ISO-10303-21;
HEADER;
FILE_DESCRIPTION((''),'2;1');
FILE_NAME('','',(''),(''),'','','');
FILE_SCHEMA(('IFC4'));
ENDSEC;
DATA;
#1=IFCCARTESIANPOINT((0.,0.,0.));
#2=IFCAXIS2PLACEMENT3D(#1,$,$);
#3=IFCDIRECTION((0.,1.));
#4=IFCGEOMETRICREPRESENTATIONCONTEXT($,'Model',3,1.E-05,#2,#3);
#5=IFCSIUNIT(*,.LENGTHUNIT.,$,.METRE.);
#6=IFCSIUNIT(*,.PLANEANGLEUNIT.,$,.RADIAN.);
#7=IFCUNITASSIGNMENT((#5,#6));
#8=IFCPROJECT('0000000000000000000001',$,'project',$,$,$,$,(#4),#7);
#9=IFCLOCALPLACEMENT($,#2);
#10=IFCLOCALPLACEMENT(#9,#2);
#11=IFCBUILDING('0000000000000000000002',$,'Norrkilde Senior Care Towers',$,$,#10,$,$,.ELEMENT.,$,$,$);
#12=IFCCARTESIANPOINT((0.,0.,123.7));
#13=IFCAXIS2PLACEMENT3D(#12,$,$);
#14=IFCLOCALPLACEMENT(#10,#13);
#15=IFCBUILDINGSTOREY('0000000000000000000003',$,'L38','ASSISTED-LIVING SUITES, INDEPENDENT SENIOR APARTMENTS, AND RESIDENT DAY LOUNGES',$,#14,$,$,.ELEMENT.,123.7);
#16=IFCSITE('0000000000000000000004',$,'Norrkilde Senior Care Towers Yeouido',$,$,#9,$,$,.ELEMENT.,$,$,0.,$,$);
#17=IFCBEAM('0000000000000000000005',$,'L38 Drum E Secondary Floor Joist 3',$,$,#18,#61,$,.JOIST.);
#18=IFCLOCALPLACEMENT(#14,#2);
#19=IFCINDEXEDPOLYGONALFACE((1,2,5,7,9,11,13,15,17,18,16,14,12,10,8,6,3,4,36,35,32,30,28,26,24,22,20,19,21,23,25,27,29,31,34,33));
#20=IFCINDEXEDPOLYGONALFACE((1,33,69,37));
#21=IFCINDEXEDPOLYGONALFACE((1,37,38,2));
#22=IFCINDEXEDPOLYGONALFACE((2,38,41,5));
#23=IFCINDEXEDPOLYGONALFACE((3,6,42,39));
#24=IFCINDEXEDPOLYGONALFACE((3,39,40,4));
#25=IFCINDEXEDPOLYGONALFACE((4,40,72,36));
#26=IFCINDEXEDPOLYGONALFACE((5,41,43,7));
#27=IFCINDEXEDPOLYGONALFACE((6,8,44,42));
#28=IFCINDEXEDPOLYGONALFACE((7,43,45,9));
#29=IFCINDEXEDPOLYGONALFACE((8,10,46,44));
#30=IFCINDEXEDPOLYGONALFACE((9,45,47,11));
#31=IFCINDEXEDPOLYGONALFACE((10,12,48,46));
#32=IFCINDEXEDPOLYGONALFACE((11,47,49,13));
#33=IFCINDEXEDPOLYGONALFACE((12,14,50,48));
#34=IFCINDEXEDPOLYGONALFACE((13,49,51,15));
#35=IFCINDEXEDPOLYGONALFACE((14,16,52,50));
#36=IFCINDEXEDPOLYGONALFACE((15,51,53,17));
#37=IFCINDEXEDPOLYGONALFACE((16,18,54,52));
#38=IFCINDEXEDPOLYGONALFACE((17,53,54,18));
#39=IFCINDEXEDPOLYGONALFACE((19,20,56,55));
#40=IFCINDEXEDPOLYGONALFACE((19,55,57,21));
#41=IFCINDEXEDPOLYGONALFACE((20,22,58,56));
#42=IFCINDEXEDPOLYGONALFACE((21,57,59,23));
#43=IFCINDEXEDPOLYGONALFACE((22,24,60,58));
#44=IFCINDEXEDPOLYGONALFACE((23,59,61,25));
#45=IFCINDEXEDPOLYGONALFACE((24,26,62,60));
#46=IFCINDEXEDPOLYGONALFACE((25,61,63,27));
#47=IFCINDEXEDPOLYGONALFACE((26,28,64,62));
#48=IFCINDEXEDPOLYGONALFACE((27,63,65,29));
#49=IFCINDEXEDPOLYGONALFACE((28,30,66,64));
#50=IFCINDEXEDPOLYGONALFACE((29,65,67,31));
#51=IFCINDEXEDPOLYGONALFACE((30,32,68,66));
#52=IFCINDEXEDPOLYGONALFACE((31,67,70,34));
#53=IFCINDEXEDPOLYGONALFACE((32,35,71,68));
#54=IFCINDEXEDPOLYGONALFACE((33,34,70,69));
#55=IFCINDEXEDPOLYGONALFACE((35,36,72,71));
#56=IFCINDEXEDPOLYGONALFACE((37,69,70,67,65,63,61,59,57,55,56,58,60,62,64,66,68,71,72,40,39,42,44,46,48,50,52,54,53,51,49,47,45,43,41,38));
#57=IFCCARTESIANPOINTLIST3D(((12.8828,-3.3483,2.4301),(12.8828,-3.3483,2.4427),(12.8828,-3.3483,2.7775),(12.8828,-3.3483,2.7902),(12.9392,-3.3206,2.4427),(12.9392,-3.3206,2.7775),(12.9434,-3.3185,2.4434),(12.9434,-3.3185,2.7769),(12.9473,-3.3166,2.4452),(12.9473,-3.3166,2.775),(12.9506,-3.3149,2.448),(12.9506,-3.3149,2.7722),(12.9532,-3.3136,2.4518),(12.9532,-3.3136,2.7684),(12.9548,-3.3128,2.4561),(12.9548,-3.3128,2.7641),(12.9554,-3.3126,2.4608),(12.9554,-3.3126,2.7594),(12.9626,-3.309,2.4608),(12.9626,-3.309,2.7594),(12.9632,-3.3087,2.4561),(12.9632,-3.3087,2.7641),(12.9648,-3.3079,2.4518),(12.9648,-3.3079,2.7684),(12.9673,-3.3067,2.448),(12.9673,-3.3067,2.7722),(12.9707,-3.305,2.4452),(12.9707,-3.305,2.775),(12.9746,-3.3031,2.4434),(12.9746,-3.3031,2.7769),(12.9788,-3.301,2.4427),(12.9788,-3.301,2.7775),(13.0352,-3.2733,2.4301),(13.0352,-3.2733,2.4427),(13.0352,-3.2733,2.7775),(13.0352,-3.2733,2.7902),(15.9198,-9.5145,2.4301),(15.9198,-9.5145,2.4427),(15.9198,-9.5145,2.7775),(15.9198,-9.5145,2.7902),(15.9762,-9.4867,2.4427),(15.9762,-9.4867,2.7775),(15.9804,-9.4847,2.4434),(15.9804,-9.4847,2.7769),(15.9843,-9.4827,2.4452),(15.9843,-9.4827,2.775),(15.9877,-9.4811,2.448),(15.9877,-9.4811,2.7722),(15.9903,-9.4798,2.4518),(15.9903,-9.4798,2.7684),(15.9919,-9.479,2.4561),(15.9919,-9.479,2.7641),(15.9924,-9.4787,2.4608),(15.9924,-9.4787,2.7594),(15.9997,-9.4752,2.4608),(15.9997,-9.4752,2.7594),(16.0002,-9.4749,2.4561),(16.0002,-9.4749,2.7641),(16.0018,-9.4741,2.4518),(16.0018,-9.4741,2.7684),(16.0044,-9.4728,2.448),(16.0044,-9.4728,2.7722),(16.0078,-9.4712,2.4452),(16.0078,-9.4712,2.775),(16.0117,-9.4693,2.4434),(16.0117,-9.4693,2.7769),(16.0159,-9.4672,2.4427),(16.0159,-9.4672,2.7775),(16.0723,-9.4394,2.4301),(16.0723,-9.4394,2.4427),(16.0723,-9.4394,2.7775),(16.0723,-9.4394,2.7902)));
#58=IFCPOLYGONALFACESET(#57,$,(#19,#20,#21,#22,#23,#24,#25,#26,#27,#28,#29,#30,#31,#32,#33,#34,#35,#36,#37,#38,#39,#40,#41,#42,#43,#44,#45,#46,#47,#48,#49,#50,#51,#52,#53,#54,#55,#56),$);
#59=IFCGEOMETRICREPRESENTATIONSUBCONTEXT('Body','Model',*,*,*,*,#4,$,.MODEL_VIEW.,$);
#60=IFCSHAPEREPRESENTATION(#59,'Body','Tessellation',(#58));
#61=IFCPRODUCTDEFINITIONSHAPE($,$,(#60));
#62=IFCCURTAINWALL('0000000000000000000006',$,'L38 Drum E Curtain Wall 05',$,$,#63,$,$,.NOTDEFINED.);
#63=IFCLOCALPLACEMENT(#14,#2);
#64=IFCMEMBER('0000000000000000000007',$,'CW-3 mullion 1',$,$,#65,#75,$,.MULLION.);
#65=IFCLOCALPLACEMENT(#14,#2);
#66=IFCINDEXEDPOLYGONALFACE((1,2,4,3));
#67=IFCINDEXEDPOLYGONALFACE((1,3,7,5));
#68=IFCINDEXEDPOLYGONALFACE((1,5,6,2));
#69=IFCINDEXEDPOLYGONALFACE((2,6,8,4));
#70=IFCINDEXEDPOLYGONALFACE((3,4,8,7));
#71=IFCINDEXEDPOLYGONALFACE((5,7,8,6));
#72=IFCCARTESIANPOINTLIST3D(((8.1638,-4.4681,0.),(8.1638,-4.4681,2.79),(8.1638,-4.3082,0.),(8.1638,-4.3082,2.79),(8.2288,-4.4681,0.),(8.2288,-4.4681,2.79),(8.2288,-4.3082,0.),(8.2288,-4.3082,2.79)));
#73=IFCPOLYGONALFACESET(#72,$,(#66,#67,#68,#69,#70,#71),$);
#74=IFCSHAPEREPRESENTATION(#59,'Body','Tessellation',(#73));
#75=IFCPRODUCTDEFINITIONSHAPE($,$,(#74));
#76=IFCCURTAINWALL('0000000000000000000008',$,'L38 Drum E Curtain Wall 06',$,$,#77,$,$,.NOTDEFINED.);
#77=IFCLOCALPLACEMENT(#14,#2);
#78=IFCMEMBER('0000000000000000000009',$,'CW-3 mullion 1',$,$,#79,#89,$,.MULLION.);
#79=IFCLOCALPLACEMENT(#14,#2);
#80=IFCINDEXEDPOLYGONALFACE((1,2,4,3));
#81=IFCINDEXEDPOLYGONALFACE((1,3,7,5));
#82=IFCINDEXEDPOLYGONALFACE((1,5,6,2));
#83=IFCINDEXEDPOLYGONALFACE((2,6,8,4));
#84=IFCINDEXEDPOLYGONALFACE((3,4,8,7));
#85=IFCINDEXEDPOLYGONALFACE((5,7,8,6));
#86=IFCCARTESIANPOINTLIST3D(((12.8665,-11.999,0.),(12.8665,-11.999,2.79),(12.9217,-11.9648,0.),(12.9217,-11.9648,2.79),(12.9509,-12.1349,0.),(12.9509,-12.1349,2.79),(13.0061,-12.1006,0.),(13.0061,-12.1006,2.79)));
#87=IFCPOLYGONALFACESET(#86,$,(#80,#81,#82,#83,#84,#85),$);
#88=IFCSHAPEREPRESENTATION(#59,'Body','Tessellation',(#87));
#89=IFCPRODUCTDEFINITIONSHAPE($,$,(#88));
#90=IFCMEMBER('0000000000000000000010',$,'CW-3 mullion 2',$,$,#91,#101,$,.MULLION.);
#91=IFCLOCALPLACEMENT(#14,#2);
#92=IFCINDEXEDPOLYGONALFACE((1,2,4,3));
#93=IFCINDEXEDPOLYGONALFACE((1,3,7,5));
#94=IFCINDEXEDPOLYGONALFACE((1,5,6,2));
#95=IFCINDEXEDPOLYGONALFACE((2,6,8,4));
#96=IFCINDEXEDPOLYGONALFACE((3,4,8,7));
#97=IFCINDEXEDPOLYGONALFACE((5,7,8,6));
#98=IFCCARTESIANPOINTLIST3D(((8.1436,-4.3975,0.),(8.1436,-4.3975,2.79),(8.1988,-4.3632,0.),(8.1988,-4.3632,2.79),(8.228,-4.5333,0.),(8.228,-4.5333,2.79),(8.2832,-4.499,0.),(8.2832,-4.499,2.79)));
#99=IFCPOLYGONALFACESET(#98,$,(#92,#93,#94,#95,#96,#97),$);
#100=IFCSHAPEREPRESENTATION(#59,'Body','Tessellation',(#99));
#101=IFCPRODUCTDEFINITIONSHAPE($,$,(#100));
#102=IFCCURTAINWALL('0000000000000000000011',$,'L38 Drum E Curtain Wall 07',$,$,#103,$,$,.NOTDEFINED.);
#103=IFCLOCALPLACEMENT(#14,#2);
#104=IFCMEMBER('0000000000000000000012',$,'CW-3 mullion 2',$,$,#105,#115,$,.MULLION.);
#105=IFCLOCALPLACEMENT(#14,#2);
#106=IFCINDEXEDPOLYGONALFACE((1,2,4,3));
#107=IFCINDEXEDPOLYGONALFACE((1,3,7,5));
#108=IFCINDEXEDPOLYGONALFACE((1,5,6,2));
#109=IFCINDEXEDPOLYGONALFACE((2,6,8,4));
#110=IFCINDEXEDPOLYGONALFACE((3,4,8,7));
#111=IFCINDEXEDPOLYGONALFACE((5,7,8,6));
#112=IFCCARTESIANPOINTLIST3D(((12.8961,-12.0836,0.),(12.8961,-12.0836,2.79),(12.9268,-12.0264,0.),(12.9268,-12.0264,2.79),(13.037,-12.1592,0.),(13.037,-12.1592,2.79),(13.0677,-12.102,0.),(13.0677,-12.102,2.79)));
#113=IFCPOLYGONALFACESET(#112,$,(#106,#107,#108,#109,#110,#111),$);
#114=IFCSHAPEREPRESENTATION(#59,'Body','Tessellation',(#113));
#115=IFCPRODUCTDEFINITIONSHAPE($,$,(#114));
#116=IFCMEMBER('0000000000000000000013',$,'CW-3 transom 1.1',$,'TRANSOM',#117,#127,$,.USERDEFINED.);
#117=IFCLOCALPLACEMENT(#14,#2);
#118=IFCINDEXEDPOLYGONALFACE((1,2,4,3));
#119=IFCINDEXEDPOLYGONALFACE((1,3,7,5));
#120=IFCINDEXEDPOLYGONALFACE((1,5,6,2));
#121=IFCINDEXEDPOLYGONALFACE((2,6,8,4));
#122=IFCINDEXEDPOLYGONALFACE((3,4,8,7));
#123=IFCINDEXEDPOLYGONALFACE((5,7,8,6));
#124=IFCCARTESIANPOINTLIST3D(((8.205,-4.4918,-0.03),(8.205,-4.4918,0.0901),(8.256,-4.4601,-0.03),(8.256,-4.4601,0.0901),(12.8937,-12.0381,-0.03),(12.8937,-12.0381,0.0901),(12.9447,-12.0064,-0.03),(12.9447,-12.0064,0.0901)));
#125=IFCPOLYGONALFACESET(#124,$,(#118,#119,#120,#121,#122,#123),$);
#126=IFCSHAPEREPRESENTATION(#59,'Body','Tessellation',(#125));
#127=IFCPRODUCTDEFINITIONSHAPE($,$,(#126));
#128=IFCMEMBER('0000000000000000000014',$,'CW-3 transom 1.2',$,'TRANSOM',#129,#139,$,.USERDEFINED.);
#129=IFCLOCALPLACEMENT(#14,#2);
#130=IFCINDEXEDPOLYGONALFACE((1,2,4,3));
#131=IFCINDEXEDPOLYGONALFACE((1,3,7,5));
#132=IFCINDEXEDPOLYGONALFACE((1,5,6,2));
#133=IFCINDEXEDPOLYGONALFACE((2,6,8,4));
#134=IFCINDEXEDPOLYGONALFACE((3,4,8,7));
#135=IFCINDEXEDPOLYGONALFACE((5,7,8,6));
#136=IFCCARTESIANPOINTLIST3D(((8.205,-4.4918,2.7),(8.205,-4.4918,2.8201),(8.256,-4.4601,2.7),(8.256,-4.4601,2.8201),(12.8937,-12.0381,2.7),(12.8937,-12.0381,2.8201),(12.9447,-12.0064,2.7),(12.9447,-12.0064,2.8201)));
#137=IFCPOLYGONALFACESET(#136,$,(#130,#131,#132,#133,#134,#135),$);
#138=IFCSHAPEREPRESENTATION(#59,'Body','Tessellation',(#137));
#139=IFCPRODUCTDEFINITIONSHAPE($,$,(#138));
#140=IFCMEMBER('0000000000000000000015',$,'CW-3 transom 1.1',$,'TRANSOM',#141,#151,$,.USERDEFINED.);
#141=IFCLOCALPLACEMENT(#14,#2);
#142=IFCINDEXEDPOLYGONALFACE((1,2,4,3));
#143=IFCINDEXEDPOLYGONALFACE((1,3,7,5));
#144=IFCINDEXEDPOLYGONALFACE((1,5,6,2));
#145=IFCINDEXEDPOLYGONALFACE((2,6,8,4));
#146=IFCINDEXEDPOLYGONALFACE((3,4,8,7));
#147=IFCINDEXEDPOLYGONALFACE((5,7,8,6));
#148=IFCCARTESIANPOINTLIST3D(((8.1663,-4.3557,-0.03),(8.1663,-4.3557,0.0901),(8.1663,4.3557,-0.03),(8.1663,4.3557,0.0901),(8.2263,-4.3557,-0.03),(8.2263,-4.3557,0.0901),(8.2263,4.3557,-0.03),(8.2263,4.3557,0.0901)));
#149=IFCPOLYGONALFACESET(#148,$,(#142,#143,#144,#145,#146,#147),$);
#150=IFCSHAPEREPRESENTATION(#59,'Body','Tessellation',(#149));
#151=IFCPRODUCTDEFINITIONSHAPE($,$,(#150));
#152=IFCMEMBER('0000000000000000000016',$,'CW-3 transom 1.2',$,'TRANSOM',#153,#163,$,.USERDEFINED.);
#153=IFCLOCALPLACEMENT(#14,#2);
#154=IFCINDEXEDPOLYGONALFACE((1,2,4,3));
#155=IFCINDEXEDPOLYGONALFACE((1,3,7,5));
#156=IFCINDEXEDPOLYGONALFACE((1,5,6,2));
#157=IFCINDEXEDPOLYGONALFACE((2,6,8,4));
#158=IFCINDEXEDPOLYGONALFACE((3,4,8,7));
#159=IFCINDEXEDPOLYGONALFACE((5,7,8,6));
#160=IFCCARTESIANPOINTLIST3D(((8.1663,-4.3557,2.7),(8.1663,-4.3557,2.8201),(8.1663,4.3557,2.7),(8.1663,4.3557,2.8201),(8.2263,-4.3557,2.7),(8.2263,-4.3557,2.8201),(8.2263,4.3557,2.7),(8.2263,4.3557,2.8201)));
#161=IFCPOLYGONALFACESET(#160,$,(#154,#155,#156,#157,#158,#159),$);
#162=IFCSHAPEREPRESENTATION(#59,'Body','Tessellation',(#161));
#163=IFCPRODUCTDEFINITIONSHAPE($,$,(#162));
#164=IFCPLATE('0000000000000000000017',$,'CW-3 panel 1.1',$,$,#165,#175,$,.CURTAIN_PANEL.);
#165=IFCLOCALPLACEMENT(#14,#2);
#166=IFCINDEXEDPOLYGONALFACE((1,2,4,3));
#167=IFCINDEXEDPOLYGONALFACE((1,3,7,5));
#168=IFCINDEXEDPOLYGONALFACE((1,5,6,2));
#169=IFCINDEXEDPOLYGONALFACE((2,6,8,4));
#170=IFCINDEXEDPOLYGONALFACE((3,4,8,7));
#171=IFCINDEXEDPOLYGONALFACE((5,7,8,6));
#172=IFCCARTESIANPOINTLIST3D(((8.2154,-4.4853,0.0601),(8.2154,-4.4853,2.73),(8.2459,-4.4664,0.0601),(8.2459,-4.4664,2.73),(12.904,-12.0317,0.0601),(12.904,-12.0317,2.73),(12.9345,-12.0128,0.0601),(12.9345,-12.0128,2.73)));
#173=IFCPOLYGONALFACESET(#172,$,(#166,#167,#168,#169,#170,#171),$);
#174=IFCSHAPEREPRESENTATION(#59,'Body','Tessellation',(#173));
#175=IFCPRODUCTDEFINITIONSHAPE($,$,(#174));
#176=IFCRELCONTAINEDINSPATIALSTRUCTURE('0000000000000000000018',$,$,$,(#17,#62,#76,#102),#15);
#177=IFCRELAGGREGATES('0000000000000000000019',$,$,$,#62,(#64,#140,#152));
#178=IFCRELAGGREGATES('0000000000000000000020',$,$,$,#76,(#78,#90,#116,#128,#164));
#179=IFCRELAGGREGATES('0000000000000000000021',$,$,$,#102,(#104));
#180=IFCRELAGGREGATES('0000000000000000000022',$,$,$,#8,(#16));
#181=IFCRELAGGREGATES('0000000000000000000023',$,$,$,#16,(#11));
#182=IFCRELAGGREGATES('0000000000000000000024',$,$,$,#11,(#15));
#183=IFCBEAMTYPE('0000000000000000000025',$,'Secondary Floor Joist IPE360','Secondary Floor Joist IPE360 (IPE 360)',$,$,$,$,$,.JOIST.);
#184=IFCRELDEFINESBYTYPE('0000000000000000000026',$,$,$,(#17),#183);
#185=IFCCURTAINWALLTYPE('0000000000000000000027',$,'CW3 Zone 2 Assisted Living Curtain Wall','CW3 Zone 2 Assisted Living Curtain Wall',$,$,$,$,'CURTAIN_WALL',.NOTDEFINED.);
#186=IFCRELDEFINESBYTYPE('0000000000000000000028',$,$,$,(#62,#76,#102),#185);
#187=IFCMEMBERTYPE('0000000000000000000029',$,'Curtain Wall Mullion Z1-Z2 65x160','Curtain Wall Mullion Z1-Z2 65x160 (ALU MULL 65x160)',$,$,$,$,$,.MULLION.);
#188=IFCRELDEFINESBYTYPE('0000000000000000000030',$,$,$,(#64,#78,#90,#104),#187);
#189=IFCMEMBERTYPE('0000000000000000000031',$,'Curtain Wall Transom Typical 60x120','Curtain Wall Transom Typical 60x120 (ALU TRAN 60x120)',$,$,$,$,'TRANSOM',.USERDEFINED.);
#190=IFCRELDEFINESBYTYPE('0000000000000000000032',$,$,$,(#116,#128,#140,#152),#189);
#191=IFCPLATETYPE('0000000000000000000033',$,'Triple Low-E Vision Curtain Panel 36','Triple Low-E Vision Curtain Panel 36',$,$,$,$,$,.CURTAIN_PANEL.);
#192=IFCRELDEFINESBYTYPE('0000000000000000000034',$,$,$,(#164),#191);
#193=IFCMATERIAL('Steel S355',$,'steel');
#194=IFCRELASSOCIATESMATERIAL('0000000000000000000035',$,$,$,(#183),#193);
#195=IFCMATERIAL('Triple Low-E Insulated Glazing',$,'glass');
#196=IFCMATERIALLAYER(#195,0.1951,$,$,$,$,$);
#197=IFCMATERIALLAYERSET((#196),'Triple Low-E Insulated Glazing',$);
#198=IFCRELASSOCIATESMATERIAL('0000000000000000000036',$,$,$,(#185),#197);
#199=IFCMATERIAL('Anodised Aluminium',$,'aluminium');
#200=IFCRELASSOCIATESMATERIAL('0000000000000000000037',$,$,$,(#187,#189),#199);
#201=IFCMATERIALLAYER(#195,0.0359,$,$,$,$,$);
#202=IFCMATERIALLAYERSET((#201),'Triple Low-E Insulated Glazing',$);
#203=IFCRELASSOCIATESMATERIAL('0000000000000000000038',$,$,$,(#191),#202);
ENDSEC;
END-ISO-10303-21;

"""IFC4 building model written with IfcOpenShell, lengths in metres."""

from ifc_helpers import new_model, si_unit, direction, frame, origin, origin_2d, place, context, subcontext, project, spatial, rectangle, i_section, extrude, source, transform, mapped, material, layer, layer_set, material_profile, profile_set, type_object, type_shapes, element, aggregate, save


model = new_model("IFC4")

# Units and contexts
model_context = context("Model", 3, precision=1e-05, world=origin(), true_north=direction((0.0, 1.0)))
body_context = subcontext(model_context, "Body", "Model", "MODEL_VIEW")
ifc_project = project(units=[si_unit("LENGTHUNIT", "METRE"), si_unit("PLANEANGLEUNIT", "RADIAN")], contexts=[model_context])

# Site, building, storey
site_placement = place(None, origin())
site = spatial("IfcSite", under=ifc_project, at=site_placement, Name="Norrkilde Senior Care Towers Yeouido", CompositionType="ELEMENT", RefElevation=0.0)
building_placement = place(site_placement, origin())
building = spatial("IfcBuilding", under=site, at=building_placement, Name="Norrkilde Senior Care Towers", CompositionType="ELEMENT")
storey_placement = place(building_placement, frame((0.0, 0.0, 123.7)))
storey = spatial("IfcBuildingStorey", under=building, at=storey_placement, Name="L38", Description="ASSISTED-LIVING SUITES, INDEPENDENT SENIOR APARTMENTS, AND RESIDENT DAY LOUNGES", CompositionType="ELEMENT", Elevation=123.7)

# Beam
ifc_material_1 = material(Name="Steel S355", Category="steel")
ifc_material_profile_1 = material_profile(ifc_material_1, i_section(OverallWidth=0.1699, OverallDepth=0.3601, WebThickness=0.0081, FlangeThickness=0.0127, FilletRadius=0.0181, at=origin_2d()), Name="IPE 360")
ifc_profile_set_1 = profile_set([ifc_material_profile_1], Name="Steel S355")
beam_type_1 = type_object("IfcBeamType", Name="Secondary Floor Joist IPE360", Description="Secondary Floor Joist IPE360 (IPE 360)", PredefinedType="JOIST", material=ifc_profile_set_1)
shared_shape_1 = source(origin(), body_context, "Body", "SweptSolid", [
    extrude(i_section(OverallWidth=0.1699, OverallDepth=0.3601, WebThickness=0.0081, FlangeThickness=0.0127, FilletRadius=0.0181, at=origin_2d()), origin(), (0.0, 0.0, 1.0), 6.8735),
])
type_shapes(beam_type_1, [shared_shape_1])
beam_1_placement = place(storey_placement, frame((12.959, -3.3108, 2.6101), z_axis=(0.441849, -0.897089, 0.0), x_axis=(0.897089, 0.441849, 0.0)))
element("IfcBeam", 1, at=beam_1_placement, inside=storey, type_object=beam_type_1, Name="L38 Drum E Secondary Floor Joist 3", PredefinedType="JOIST", context=body_context, shape_type="MappedRepresentation", body=[
    mapped(shared_shape_1, transform((0.0, 0.0, 0.0), x_axis=(1.0, 0.0, 0.0), y_axis=(0.0, 1.0, 0.0), z_axis=(0.0, 0.0, 1.0), scale=1.0)),
])

# Curtain wall, member
ifc_material_2 = material(Name="Triple Low-E Insulated Glazing", Category="glass")
ifc_layer_1 = layer(ifc_material_2, 0.1951)
ifc_layer_set_1 = layer_set([ifc_layer_1], Name="Triple Low-E Insulated Glazing")
curtain_wall_type = type_object("IfcCurtainWallType", Name="CW3 Zone 2 Assisted Living Curtain Wall", Description="CW3 Zone 2 Assisted Living Curtain Wall", ElementType="CURTAIN_WALL", PredefinedType="NOTDEFINED", material=ifc_layer_set_1)
curtain_wall_1_placement = place(storey_placement, origin())
curtain_wall_1 = element("IfcCurtainWall", 2, at=curtain_wall_1_placement, inside=storey, type_object=curtain_wall_type, Name="L38 Drum E Curtain Wall 05", PredefinedType="NOTDEFINED")
ifc_material_3 = material(Name="Anodised Aluminium", Category="aluminium")
ifc_material_profile_2 = material_profile(ifc_material_3, rectangle(XDim=0.0649, YDim=0.1599, at=origin_2d()), Name="ALU MULL 65x160")
ifc_profile_set_2 = profile_set([ifc_material_profile_2], Name="Anodised Aluminium")
member_type_1 = type_object("IfcMemberType", Name="Curtain Wall Mullion Z1-Z2 65x160", Description="Curtain Wall Mullion Z1-Z2 65x160 (ALU MULL 65x160)", PredefinedType="MULLION", material=ifc_profile_set_2)
shared_shape_2 = source(origin(), body_context, "Body", "SweptSolid", [
    extrude(rectangle(XDim=0.0649, YDim=0.1599, at=origin_2d()), origin(), (0.0, 0.0, 1.0), 2.79),
])
type_shapes(member_type_1, [shared_shape_2])
member_1_placement = place(storey_placement, frame((8.1963, -4.3882, 0.0), z_axis=(0.0, 0.0, 1.0), x_axis=(-1.0, 0.0, 0.0)))
member_1 = element("IfcMember", 3, at=member_1_placement, type_object=member_type_1, Name="CW-3 mullion 1", PredefinedType="MULLION", context=body_context, shape_type="MappedRepresentation", body=[
    mapped(shared_shape_2, transform((0.0, 0.0, 0.0), x_axis=(1.0, 0.0, 0.0), y_axis=(0.0, 1.0, 0.0), z_axis=(0.0, 0.0, 1.0), scale=1.0)),
])

# Curtain wall, members
curtain_wall_2_placement = place(storey_placement, origin())
curtain_wall_2 = element("IfcCurtainWall", 4, at=curtain_wall_2_placement, inside=storey, type_object=curtain_wall_type, Name="L38 Drum E Curtain Wall 06", PredefinedType="NOTDEFINED")
member_2_placement = place(storey_placement, frame((12.9363, -12.0498, 0.0), z_axis=(0.0, 0.0, 1.0), x_axis=(-0.84941, -0.527733, 0.0)))
member_2 = element("IfcMember", 5, at=member_2_placement, type_object=member_type_1, Name="CW-3 mullion 1", PredefinedType="MULLION", context=body_context, shape_type="MappedRepresentation", body=[
    mapped(shared_shape_2, transform((0.0, 0.0, 0.0), x_axis=(1.0, 0.0, 0.0), y_axis=(0.0, 1.0, 0.0), z_axis=(0.0, 0.0, 1.0), scale=1.0)),
])
member_3_placement = place(storey_placement, frame((8.2134, -4.4482, 0.0), z_axis=(0.0, 0.0, 1.0), x_axis=(-0.84941, -0.527733, 0.0)))
member_3 = element("IfcMember", 6, at=member_3_placement, type_object=member_type_1, Name="CW-3 mullion 2", PredefinedType="MULLION", context=body_context, shape_type="MappedRepresentation", body=[
    mapped(shared_shape_2, transform((0.0, 0.0, 0.0), x_axis=(1.0, 0.0, 0.0), y_axis=(0.0, 1.0, 0.0), z_axis=(0.0, 0.0, 1.0), scale=1.0)),
])

# Curtain wall, member
curtain_wall_3_placement = place(storey_placement, origin())
curtain_wall_3 = element("IfcCurtainWall", 7, at=curtain_wall_3_placement, inside=storey, type_object=curtain_wall_type, Name="L38 Drum E Curtain Wall 07", PredefinedType="NOTDEFINED")
member_4_placement = place(storey_placement, frame((12.9819, -12.0928, 0.0), z_axis=(0.0, 0.0, 1.0), x_axis=(-0.472769, -0.881186, 0.0)))
member_4 = element("IfcMember", 8, at=member_4_placement, type_object=member_type_1, Name="CW-3 mullion 2", PredefinedType="MULLION", context=body_context, shape_type="MappedRepresentation", body=[
    mapped(shared_shape_2, transform((0.0, 0.0, 0.0), x_axis=(1.0, 0.0, 0.0), y_axis=(0.0, 1.0, 0.0), z_axis=(0.0, 0.0, 1.0), scale=1.0)),
])

# Members
ifc_material_profile_3 = material_profile(ifc_material_3, rectangle(XDim=0.0601, YDim=0.1201, at=origin_2d()), Name="ALU TRAN 60x120")
ifc_profile_set_3 = profile_set([ifc_material_profile_3], Name="Anodised Aluminium")
member_type_2 = type_object("IfcMemberType", Name="Curtain Wall Transom Typical 60x120", Description="Curtain Wall Transom Typical 60x120 (ALU TRAN 60x120)", ElementType="TRANSOM", PredefinedType="USERDEFINED", material=ifc_profile_set_3)
shared_shape_3 = source(origin(), body_context, "Body", "SweptSolid", [
    extrude(rectangle(XDim=0.0601, YDim=0.1201, at=origin_2d()), origin(), (0.0, 0.0, 1.0), 8.8843),
])
member_5_placement = place(storey_placement, frame((12.9192, -12.0222, 0.03), z_axis=(-0.527749, 0.8494, 0.0), x_axis=(-0.8494, -0.527749, 0.0)))
member_5 = element("IfcMember", 9, at=member_5_placement, type_object=member_type_2, Name="CW-3 transom 1.1", ObjectType="TRANSOM", PredefinedType="USERDEFINED", context=body_context, shape_type="MappedRepresentation", body=[
    mapped(shared_shape_3, transform((0.0, 0.0, 0.0), x_axis=(1.0, 0.0, 0.0), y_axis=(0.0, 1.0, 0.0), z_axis=(0.0, 0.0, 1.0), scale=1.0)),
])
member_6_placement = place(storey_placement, frame((12.9192, -12.0222, 2.76), z_axis=(-0.527749, 0.8494, 0.0), x_axis=(-0.8494, -0.527749, 0.0)))
member_6 = element("IfcMember", 10, at=member_6_placement, type_object=member_type_2, Name="CW-3 transom 1.2", ObjectType="TRANSOM", PredefinedType="USERDEFINED", context=body_context, shape_type="MappedRepresentation", body=[
    mapped(shared_shape_3, transform((0.0, 0.0, 0.0), x_axis=(1.0, 0.0, 0.0), y_axis=(0.0, 1.0, 0.0), z_axis=(0.0, 0.0, 1.0), scale=1.0)),
])
shared_shape_4 = source(origin(), body_context, "Body", "SweptSolid", [
    extrude(rectangle(XDim=0.0601, YDim=0.1201, at=origin_2d()), origin(), (0.0, 0.0, 1.0), 8.7114),
])
type_shapes(member_type_2, [shared_shape_3, shared_shape_4])
member_7_placement = place(storey_placement, frame((8.1963, -4.3557, 0.03), z_axis=(0.0, 1.0, 0.0), x_axis=(-1.0, 0.0, 0.0)))
member_7 = element("IfcMember", 11, at=member_7_placement, type_object=member_type_2, Name="CW-3 transom 1.1", ObjectType="TRANSOM", PredefinedType="USERDEFINED", context=body_context, shape_type="MappedRepresentation", body=[
    mapped(shared_shape_4, transform((0.0, 0.0, 0.0), x_axis=(1.0, 0.0, 0.0), y_axis=(0.0, 1.0, 0.0), z_axis=(0.0, 0.0, 1.0), scale=1.0)),
])
member_8_placement = place(storey_placement, frame((8.1963, -4.3557, 2.76), z_axis=(0.0, 1.0, 0.0), x_axis=(-1.0, 0.0, 0.0)))
member_8 = element("IfcMember", 12, at=member_8_placement, type_object=member_type_2, Name="CW-3 transom 1.2", ObjectType="TRANSOM", PredefinedType="USERDEFINED", context=body_context, shape_type="MappedRepresentation", body=[
    mapped(shared_shape_4, transform((0.0, 0.0, 0.0), x_axis=(1.0, 0.0, 0.0), y_axis=(0.0, 1.0, 0.0), z_axis=(0.0, 0.0, 1.0), scale=1.0)),
])
aggregate(curtain_wall_1, [member_1, member_7, member_8])

# Plate
ifc_layer_2 = layer(ifc_material_2, 0.0359)
ifc_layer_set_2 = layer_set([ifc_layer_2], Name="Triple Low-E Insulated Glazing")
plate_type = type_object("IfcPlateType", Name="Triple Low-E Vision Curtain Panel 36", Description="Triple Low-E Vision Curtain Panel 36", PredefinedType="CURTAIN_PANEL", material=ifc_layer_set_2)
shared_shape_5 = source(origin(), body_context, "Body", "SweptSolid", [
    extrude(rectangle(XDim=8.8843, YDim=0.0359, at=origin_2d()), origin(), (0.0, 0.0, 1.0), 2.6699),
])
plate_1_placement = place(storey_placement, frame((10.575, -8.249, 0.0601), z_axis=(0.0, 0.0, 1.0), x_axis=(-0.527733, 0.84941, 0.0)))
plate_1 = element("IfcPlate", 13, at=plate_1_placement, type_object=plate_type, Name="CW-3 panel 1.1", PredefinedType="CURTAIN_PANEL", context=body_context, shape_type="MappedRepresentation", body=[
    mapped(shared_shape_5, transform((0.0, 0.0, 0.0), x_axis=(1.0, 0.0, 0.0), y_axis=(0.0, 1.0, 0.0), z_axis=(0.0, 0.0, 1.0), scale=1.0)),
])
aggregate(curtain_wall_2, [member_2, member_3, member_5, member_6, plate_1])
aggregate(curtain_wall_3, [member_4])

save(model, "model.ifc")
